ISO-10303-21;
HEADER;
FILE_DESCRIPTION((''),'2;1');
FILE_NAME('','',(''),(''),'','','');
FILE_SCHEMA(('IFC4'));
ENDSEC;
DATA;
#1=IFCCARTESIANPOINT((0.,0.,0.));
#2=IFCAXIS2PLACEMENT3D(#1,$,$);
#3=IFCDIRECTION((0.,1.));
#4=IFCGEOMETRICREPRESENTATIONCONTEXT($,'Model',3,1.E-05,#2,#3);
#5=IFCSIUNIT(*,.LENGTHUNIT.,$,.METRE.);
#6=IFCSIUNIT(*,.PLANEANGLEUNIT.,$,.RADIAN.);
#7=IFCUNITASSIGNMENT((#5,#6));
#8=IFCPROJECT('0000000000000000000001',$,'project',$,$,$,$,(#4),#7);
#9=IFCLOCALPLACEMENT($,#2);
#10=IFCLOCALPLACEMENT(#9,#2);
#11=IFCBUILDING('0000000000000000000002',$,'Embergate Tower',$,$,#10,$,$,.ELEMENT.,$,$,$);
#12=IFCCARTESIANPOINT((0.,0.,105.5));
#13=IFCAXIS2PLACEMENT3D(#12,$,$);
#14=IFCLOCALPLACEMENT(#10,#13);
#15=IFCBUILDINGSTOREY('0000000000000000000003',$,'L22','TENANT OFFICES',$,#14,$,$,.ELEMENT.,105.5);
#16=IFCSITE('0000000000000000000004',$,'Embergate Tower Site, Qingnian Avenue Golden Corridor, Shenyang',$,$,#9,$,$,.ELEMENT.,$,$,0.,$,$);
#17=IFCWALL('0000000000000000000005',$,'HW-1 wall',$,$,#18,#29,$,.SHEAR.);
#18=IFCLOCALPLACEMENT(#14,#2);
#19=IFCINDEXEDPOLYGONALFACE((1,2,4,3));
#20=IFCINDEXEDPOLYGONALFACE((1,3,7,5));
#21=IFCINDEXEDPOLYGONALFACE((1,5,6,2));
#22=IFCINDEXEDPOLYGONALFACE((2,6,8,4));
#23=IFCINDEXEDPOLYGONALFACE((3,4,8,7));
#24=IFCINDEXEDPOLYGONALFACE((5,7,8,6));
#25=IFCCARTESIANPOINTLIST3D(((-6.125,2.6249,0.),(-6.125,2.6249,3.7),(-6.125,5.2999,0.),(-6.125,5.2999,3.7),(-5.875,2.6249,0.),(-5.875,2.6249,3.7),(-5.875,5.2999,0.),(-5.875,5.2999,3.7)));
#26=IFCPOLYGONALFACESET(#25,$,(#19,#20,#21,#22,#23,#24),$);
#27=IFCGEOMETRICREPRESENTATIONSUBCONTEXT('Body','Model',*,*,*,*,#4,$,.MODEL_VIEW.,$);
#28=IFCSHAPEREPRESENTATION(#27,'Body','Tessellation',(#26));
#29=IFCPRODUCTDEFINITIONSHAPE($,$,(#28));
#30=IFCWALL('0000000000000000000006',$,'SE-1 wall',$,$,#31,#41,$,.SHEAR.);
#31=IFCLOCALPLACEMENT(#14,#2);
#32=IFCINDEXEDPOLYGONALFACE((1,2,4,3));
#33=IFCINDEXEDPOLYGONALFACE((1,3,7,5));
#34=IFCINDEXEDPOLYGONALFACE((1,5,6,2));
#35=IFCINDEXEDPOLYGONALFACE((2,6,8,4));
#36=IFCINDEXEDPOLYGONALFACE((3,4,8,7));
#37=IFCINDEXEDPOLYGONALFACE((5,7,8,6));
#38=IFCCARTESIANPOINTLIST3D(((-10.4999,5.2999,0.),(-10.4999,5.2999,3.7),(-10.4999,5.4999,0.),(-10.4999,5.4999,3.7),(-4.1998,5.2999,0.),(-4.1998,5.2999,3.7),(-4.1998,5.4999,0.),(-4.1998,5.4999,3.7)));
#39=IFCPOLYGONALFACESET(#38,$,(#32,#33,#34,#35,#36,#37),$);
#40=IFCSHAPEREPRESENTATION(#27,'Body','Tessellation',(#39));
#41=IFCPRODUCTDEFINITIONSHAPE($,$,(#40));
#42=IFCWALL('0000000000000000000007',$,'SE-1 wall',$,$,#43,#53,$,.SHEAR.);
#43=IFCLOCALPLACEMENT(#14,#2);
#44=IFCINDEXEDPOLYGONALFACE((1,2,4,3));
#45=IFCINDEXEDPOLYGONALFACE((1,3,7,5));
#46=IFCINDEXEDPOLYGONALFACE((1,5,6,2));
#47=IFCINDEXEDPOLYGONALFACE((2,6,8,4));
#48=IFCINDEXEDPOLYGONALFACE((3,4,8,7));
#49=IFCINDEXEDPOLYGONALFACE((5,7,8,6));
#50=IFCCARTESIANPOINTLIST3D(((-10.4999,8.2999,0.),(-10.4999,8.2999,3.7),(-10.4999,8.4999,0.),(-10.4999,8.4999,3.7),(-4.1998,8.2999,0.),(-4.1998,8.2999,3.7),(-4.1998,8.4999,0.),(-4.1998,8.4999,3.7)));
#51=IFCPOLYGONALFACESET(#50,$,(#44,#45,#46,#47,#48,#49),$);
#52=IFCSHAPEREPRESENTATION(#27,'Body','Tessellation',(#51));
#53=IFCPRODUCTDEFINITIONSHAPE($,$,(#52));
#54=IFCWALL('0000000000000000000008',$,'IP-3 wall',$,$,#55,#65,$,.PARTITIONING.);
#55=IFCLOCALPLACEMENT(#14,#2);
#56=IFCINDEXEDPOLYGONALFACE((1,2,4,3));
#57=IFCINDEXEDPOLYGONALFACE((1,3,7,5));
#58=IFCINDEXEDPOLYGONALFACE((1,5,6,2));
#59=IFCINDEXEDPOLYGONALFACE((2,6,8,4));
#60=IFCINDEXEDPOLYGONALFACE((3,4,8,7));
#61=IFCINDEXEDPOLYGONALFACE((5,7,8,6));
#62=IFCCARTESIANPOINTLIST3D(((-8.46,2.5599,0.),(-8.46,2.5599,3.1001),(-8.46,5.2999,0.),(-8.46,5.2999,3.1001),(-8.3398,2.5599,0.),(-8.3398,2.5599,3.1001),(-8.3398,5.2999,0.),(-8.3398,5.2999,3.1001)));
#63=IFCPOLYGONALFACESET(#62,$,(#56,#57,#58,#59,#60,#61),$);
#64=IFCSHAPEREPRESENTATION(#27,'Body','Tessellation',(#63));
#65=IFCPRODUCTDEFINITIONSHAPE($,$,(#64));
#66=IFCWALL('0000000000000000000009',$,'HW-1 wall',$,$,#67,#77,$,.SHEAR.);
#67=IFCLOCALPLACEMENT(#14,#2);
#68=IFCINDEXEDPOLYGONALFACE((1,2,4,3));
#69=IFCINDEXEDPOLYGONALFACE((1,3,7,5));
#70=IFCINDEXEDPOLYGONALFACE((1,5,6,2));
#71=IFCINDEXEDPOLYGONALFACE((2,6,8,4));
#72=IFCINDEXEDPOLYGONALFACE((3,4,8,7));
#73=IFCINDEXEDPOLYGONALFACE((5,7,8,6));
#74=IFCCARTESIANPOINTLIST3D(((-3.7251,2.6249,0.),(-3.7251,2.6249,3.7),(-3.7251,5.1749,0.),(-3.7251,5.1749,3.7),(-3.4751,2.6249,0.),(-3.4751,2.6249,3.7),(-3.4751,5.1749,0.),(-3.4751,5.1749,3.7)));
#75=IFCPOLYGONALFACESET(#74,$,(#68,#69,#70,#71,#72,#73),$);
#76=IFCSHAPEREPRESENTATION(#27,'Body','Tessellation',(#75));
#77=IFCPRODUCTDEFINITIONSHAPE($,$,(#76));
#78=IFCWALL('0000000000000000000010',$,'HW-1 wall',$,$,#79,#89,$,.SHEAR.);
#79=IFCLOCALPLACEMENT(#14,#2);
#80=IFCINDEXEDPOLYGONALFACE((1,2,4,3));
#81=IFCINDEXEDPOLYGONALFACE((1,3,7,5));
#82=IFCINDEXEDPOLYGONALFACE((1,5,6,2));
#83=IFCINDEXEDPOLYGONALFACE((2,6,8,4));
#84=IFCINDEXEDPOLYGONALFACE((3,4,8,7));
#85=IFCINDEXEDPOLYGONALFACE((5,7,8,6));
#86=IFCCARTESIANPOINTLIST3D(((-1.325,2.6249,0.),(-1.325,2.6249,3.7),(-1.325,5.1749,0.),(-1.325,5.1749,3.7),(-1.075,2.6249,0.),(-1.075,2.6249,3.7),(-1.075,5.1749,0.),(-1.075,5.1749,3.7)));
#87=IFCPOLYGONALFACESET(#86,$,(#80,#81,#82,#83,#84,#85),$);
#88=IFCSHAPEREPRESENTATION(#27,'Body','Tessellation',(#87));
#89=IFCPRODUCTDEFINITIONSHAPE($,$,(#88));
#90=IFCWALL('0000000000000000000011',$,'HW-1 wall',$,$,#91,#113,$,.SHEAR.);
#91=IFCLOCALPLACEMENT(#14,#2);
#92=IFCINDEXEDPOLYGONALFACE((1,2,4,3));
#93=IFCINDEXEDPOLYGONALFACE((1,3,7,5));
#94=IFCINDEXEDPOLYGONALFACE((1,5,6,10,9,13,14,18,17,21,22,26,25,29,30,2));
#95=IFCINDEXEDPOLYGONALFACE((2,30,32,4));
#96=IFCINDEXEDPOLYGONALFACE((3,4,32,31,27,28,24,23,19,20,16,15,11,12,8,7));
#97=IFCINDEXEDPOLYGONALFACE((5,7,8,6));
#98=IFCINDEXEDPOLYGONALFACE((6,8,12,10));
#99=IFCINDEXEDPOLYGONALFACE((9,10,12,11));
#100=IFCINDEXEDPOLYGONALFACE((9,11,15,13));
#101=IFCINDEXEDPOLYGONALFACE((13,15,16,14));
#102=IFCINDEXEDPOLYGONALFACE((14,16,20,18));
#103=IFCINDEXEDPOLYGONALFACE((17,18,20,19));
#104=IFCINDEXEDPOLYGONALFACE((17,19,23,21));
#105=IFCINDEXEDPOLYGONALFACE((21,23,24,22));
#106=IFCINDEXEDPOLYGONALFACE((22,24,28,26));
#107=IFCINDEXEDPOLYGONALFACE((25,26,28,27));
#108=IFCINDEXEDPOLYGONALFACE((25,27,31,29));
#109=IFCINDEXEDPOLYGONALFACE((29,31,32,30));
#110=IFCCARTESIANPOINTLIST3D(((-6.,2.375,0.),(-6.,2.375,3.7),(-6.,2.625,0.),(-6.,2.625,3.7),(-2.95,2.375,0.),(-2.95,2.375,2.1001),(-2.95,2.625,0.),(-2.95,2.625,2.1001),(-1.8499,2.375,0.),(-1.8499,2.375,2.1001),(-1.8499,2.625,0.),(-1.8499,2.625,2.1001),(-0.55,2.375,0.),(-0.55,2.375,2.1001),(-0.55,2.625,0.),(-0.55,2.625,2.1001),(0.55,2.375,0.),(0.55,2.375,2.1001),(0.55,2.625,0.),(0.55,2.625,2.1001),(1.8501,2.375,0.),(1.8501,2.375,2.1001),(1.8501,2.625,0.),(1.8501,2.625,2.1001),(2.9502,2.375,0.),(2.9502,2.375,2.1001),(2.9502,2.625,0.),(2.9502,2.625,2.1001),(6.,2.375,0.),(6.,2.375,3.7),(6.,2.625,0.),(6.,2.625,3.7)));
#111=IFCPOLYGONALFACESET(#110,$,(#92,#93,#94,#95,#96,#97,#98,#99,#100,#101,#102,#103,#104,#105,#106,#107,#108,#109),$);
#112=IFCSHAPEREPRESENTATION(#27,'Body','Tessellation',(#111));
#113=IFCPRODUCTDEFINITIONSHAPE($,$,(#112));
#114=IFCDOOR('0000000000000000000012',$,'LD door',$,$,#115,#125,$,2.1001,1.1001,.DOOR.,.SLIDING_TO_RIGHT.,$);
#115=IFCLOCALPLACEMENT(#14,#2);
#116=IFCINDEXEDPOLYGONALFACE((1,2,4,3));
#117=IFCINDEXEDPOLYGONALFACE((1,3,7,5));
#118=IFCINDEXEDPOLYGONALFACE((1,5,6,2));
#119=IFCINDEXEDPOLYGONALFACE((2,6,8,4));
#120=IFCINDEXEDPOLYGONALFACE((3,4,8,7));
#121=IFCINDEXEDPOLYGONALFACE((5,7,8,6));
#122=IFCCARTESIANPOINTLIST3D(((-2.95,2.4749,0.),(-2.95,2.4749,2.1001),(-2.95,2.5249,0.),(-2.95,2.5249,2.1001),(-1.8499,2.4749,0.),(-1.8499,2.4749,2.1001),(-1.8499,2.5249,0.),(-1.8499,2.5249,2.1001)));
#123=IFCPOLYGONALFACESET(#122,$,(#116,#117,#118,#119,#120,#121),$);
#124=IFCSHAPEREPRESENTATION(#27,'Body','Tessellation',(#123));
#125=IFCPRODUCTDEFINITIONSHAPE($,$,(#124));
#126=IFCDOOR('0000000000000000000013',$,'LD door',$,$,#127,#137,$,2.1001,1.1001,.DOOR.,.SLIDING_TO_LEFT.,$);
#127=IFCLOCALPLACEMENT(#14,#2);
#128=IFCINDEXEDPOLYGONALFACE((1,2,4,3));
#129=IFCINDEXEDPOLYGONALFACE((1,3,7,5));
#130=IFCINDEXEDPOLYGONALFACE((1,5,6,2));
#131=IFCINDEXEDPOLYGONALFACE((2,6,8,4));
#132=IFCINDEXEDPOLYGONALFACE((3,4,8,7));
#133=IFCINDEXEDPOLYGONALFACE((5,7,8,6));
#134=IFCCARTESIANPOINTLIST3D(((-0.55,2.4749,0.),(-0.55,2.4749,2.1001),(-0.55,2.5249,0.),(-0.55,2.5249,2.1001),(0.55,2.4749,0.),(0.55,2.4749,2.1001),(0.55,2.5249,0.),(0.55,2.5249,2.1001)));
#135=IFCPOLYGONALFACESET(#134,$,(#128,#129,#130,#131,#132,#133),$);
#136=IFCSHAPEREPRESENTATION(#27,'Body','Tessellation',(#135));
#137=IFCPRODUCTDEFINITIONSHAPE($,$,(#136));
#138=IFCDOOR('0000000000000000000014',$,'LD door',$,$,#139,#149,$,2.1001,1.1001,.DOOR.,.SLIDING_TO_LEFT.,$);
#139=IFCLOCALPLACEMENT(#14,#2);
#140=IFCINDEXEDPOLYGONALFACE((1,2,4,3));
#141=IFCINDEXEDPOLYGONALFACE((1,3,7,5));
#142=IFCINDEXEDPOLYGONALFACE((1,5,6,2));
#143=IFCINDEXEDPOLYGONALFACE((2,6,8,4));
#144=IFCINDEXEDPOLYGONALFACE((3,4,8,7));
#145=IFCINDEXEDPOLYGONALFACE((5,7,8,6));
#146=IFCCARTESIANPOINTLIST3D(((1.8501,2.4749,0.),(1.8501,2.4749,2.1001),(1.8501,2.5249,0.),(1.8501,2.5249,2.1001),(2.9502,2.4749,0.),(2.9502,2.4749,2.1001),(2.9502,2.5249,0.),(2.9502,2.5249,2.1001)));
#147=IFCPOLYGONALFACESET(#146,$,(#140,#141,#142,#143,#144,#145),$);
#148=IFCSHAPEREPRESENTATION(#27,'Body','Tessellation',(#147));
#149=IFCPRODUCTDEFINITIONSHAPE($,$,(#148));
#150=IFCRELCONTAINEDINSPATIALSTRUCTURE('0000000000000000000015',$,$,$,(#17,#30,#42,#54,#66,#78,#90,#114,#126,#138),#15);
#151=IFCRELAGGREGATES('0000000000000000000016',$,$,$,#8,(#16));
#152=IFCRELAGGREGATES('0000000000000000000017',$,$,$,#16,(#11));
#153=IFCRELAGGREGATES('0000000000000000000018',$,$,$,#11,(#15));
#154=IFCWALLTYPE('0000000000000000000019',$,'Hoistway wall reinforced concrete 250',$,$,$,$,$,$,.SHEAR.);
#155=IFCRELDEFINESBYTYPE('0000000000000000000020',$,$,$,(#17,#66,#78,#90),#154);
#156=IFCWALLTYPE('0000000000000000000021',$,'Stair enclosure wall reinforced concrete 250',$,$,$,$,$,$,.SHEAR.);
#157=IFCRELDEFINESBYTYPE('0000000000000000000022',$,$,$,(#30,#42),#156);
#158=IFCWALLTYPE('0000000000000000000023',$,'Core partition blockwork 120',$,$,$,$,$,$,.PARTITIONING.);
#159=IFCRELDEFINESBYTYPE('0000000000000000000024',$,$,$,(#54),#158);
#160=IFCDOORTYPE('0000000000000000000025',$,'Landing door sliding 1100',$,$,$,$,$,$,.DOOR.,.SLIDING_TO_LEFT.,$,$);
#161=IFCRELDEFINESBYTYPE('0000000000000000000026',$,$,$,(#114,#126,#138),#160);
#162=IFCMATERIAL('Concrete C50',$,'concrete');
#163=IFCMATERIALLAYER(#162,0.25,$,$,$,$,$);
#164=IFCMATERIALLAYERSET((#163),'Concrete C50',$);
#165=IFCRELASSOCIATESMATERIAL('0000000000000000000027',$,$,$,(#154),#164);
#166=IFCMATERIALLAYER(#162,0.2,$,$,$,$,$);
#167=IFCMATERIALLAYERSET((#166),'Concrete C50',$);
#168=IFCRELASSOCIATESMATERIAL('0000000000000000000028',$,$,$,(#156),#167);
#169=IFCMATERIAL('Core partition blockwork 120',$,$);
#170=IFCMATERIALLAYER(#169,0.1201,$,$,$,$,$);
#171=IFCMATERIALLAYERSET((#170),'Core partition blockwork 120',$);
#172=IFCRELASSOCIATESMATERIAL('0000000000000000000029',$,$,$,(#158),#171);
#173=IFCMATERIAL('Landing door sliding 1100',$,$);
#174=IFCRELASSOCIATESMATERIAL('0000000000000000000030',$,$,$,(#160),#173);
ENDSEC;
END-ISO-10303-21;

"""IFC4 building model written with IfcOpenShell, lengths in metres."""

from ifc_helpers import new_model, si_unit, direction, frame, frame_2d, origin, place, context, subcontext, project, spatial, rectangle, extrude, source, transform, mapped, material, layer, layer_set, type_object, element, fill, save


model = new_model("IFC4")

# Units and contexts
model_context = context("Model", 3, precision=1e-05, world=origin(), true_north=direction((0.0, 1.0)))
body_context = subcontext(model_context, "Body", "Model", "MODEL_VIEW")
ifc_project = project(units=[si_unit("LENGTHUNIT", "METRE"), si_unit("PLANEANGLEUNIT", "RADIAN")], contexts=[model_context])

# Site, building, storey
site_placement = place(None, origin())
site = spatial("IfcSite", under=ifc_project, at=site_placement, Name="Embergate Tower Site, Qingnian Avenue Golden Corridor, Shenyang", CompositionType="ELEMENT", RefElevation=0.0)
building_placement = place(site_placement, origin())
building = spatial("IfcBuilding", under=site, at=building_placement, Name="Embergate Tower", CompositionType="ELEMENT")
storey_placement = place(building_placement, frame((0.0, 0.0, 105.5)))
storey = spatial("IfcBuildingStorey", under=building, at=storey_placement, Name="L22", Description="TENANT OFFICES", CompositionType="ELEMENT", Elevation=105.5)

# Walls
ifc_material_1 = material(Name="Concrete C50", Category="concrete")
ifc_layer_1 = layer(ifc_material_1, 0.25)
ifc_layer_set_1 = layer_set([ifc_layer_1], Name="Concrete C50")
wall_type_1 = type_object("IfcWallType", Name="Hoistway wall reinforced concrete 250", PredefinedType="SHEAR", material=ifc_layer_set_1)
shared_shape_1 = source(origin(), body_context, "Body", "SweptSolid", [
    extrude(rectangle(XDim=2.675, YDim=0.25, at=frame_2d((1.3374, 0.0))), origin(), (0.0, 0.0, 1.0), 3.7),
])
wall_1_placement = place(storey_placement, frame((-6.0, 2.625, 0.0), z_axis=(0.0, 0.0, 1.0), x_axis=(0.0, 1.0, 0.0)))
element("IfcWall", 1, at=wall_1_placement, inside=storey, type_object=wall_type_1, Name="HW-1 wall", PredefinedType="SHEAR", context=body_context, shape_type="MappedRepresentation", body=[
    mapped(shared_shape_1, transform((0.0, 0.0, 0.0))),
])
ifc_layer_2 = layer(ifc_material_1, 0.2)
ifc_layer_set_2 = layer_set([ifc_layer_2], Name="Concrete C50")
wall_type_2 = type_object("IfcWallType", Name="Stair enclosure wall reinforced concrete 250", PredefinedType="SHEAR", material=ifc_layer_set_2)
shared_shape_2 = source(origin(), body_context, "Body", "SweptSolid", [
    extrude(rectangle(XDim=6.3, YDim=0.2, at=frame_2d((3.1499, 0.0))), origin(), (0.0, 0.0, 1.0), 3.7),
])
for number, where, z_axis, x_axis, name in (
    (2, (-4.2, 5.3999, 0.0), (0.0, 0.0, 1.0), (-1.0, 0.0, 0.0), "SE-1 wall"),
    (3, (-4.2, 8.3999, 0.0), (0.0, 0.0, 1.0), (-1.0, 0.0, 0.0), "SE-1 wall"),
):
    element("IfcWall", number, at=place(storey_placement, frame(where, z_axis=z_axis, x_axis=x_axis)), inside=storey, type_object=wall_type_2, Name=name, PredefinedType="SHEAR", context=body_context, shape_type="MappedRepresentation", body=[
        mapped(shared_shape_2, transform((0.0, 0.0, 0.0))),
    ])
ifc_material_2 = material(Name="Core partition blockwork 120")
ifc_layer_3 = layer(ifc_material_2, 0.1201)
ifc_layer_set_3 = layer_set([ifc_layer_3], Name="Core partition blockwork 120")
wall_type_3 = type_object("IfcWallType", Name="Core partition blockwork 120", PredefinedType="PARTITIONING", material=ifc_layer_set_3)
shared_shape_3 = source(origin(), body_context, "Body", "SweptSolid", [
    extrude(rectangle(XDim=2.74, YDim=0.1201, at=frame_2d((1.3701, 0.0))), origin(), (0.0, 0.0, 1.0), 3.1001),
])
wall_2_placement = place(storey_placement, frame((-8.3999, 5.3, 0.0), z_axis=(0.0, 0.0, 1.0), x_axis=(0.0, -1.0, 0.0)))
element("IfcWall", 4, at=wall_2_placement, inside=storey, type_object=wall_type_3, Name="IP-3 wall", PredefinedType="PARTITIONING", context=body_context, shape_type="MappedRepresentation", body=[
    mapped(shared_shape_3, transform((0.0, 0.0, 0.0))),
])
shared_shape_4 = source(origin(), body_context, "Body", "SweptSolid", [
    extrude(rectangle(XDim=2.55, YDim=0.25, at=frame_2d((1.2749, 0.0))), origin(), (0.0, 0.0, 1.0), 3.7),
])
for number, where, z_axis, x_axis, name in (
    (5, (-3.6001, 2.625, 0.0), (0.0, 0.0, 1.0), (0.0, 1.0, 0.0), "HW-1 wall"),
    (6, (-1.2, 2.625, 0.0), (0.0, 0.0, 1.0), (0.0, 1.0, 0.0), "HW-1 wall"),
):
    element("IfcWall", number, at=place(storey_placement, frame(where, z_axis=z_axis, x_axis=x_axis)), inside=storey, type_object=wall_type_1, Name=name, PredefinedType="SHEAR", context=body_context, shape_type="MappedRepresentation", body=[
        mapped(shared_shape_4, transform((0.0, 0.0, 0.0))),
    ])

# Wall, openings, doors
shared_shape_5 = source(origin(), body_context, "Body", "SweptSolid", [
    extrude(rectangle(XDim=12.0, YDim=0.25, at=frame_2d((6.0, 0.0))), origin(), (0.0, 0.0, 1.0), 3.7),
])
wall_3_placement = place(storey_placement, frame((-6.0, 2.5, 0.0), z_axis=(0.0, 0.0, 1.0), x_axis=(1.0, 0.0, 0.0)))
wall_3 = element("IfcWall", 7, at=wall_3_placement, inside=storey, type_object=wall_type_1, Name="HW-1 wall", PredefinedType="SHEAR", context=body_context, shape_type="MappedRepresentation", body=[
    mapped(shared_shape_5, transform((0.0, 0.0, 0.0))),
])
shared_shape_6 = source(origin(), body_context, "Body", "SweptSolid", [
    extrude(rectangle(XDim=1.1001, YDim=2.1001, at=frame_2d((0.55, 1.05))), frame((0.0, 0.135, 0.0), z_axis=(0.0, -1.0, 0.0), x_axis=(1.0, 0.0, 0.0)), (0.0, 0.0, 1.0), 0.27),
])
opening_1_placement = place(wall_3_placement, frame((3.05, 0.0, 0.0)))
opening_1 = element("IfcOpeningElement", 8, at=opening_1_placement, cuts=wall_3, PredefinedType="OPENING", context=body_context, shape_type="MappedRepresentation", body=[
    mapped(shared_shape_6, transform((0.0, 0.0, 0.0))),
])
opening_2_placement = place(wall_3_placement, frame((5.45, 0.0, 0.0)))
opening_2 = element("IfcOpeningElement", 9, at=opening_2_placement, cuts=wall_3, PredefinedType="OPENING", context=body_context, shape_type="MappedRepresentation", body=[
    mapped(shared_shape_6, transform((0.0, 0.0, 0.0))),
])
opening_3_placement = place(wall_3_placement, frame((7.8501, 0.0, 0.0)))
opening_3 = element("IfcOpeningElement", 10, at=opening_3_placement, cuts=wall_3, PredefinedType="OPENING", context=body_context, shape_type="MappedRepresentation", body=[
    mapped(shared_shape_6, transform((0.0, 0.0, 0.0))),
])
ifc_material_3 = material(Name="Landing door sliding 1100")
door_type_1 = type_object("IfcDoorType", Name="Landing door sliding 1100", OperationType="SLIDING_TO_LEFT", PredefinedType="DOOR", material=ifc_material_3)
shared_shape_7 = source(origin(), body_context, "Body", "SweptSolid", [
    extrude(rectangle(XDim=1.1001, YDim=2.1001, at=frame_2d((0.55, 1.05))), frame((0.0, 0.0249, 0.0), z_axis=(0.0, -1.0, 0.0), x_axis=(1.0, 0.0, 0.0)), (0.0, 0.0, 1.0), 0.05),
])
door_1_placement = place(opening_1_placement, origin())
door_1 = element("IfcDoor", 11, at=door_1_placement, inside=storey, type_object=door_type_1, Name="LD door", OperationType="SLIDING_TO_RIGHT", OverallHeight=2.1001, OverallWidth=1.1001, PredefinedType="DOOR", context=body_context, shape_type="MappedRepresentation", body=[
    mapped(shared_shape_7, transform((0.0, 0.0, 0.0))),
])
fill(opening_1, door_1)
door_2_placement = place(opening_2_placement, origin())
door_2 = element("IfcDoor", 12, at=door_2_placement, inside=storey, type_object=door_type_1, Name="LD door", OperationType="SLIDING_TO_LEFT", OverallHeight=2.1001, OverallWidth=1.1001, PredefinedType="DOOR", context=body_context, shape_type="MappedRepresentation", body=[
    mapped(shared_shape_7, transform((0.0, 0.0, 0.0))),
])
fill(opening_2, door_2)
door_3_placement = place(opening_3_placement, origin())
door_3 = element("IfcDoor", 13, at=door_3_placement, inside=storey, type_object=door_type_1, Name="LD door", OperationType="SLIDING_TO_LEFT", OverallHeight=2.1001, OverallWidth=1.1001, PredefinedType="DOOR", context=body_context, shape_type="MappedRepresentation", body=[
    mapped(shared_shape_7, transform((0.0, 0.0, 0.0))),
])
fill(opening_3, door_3)

save(model, "model.ifc")
